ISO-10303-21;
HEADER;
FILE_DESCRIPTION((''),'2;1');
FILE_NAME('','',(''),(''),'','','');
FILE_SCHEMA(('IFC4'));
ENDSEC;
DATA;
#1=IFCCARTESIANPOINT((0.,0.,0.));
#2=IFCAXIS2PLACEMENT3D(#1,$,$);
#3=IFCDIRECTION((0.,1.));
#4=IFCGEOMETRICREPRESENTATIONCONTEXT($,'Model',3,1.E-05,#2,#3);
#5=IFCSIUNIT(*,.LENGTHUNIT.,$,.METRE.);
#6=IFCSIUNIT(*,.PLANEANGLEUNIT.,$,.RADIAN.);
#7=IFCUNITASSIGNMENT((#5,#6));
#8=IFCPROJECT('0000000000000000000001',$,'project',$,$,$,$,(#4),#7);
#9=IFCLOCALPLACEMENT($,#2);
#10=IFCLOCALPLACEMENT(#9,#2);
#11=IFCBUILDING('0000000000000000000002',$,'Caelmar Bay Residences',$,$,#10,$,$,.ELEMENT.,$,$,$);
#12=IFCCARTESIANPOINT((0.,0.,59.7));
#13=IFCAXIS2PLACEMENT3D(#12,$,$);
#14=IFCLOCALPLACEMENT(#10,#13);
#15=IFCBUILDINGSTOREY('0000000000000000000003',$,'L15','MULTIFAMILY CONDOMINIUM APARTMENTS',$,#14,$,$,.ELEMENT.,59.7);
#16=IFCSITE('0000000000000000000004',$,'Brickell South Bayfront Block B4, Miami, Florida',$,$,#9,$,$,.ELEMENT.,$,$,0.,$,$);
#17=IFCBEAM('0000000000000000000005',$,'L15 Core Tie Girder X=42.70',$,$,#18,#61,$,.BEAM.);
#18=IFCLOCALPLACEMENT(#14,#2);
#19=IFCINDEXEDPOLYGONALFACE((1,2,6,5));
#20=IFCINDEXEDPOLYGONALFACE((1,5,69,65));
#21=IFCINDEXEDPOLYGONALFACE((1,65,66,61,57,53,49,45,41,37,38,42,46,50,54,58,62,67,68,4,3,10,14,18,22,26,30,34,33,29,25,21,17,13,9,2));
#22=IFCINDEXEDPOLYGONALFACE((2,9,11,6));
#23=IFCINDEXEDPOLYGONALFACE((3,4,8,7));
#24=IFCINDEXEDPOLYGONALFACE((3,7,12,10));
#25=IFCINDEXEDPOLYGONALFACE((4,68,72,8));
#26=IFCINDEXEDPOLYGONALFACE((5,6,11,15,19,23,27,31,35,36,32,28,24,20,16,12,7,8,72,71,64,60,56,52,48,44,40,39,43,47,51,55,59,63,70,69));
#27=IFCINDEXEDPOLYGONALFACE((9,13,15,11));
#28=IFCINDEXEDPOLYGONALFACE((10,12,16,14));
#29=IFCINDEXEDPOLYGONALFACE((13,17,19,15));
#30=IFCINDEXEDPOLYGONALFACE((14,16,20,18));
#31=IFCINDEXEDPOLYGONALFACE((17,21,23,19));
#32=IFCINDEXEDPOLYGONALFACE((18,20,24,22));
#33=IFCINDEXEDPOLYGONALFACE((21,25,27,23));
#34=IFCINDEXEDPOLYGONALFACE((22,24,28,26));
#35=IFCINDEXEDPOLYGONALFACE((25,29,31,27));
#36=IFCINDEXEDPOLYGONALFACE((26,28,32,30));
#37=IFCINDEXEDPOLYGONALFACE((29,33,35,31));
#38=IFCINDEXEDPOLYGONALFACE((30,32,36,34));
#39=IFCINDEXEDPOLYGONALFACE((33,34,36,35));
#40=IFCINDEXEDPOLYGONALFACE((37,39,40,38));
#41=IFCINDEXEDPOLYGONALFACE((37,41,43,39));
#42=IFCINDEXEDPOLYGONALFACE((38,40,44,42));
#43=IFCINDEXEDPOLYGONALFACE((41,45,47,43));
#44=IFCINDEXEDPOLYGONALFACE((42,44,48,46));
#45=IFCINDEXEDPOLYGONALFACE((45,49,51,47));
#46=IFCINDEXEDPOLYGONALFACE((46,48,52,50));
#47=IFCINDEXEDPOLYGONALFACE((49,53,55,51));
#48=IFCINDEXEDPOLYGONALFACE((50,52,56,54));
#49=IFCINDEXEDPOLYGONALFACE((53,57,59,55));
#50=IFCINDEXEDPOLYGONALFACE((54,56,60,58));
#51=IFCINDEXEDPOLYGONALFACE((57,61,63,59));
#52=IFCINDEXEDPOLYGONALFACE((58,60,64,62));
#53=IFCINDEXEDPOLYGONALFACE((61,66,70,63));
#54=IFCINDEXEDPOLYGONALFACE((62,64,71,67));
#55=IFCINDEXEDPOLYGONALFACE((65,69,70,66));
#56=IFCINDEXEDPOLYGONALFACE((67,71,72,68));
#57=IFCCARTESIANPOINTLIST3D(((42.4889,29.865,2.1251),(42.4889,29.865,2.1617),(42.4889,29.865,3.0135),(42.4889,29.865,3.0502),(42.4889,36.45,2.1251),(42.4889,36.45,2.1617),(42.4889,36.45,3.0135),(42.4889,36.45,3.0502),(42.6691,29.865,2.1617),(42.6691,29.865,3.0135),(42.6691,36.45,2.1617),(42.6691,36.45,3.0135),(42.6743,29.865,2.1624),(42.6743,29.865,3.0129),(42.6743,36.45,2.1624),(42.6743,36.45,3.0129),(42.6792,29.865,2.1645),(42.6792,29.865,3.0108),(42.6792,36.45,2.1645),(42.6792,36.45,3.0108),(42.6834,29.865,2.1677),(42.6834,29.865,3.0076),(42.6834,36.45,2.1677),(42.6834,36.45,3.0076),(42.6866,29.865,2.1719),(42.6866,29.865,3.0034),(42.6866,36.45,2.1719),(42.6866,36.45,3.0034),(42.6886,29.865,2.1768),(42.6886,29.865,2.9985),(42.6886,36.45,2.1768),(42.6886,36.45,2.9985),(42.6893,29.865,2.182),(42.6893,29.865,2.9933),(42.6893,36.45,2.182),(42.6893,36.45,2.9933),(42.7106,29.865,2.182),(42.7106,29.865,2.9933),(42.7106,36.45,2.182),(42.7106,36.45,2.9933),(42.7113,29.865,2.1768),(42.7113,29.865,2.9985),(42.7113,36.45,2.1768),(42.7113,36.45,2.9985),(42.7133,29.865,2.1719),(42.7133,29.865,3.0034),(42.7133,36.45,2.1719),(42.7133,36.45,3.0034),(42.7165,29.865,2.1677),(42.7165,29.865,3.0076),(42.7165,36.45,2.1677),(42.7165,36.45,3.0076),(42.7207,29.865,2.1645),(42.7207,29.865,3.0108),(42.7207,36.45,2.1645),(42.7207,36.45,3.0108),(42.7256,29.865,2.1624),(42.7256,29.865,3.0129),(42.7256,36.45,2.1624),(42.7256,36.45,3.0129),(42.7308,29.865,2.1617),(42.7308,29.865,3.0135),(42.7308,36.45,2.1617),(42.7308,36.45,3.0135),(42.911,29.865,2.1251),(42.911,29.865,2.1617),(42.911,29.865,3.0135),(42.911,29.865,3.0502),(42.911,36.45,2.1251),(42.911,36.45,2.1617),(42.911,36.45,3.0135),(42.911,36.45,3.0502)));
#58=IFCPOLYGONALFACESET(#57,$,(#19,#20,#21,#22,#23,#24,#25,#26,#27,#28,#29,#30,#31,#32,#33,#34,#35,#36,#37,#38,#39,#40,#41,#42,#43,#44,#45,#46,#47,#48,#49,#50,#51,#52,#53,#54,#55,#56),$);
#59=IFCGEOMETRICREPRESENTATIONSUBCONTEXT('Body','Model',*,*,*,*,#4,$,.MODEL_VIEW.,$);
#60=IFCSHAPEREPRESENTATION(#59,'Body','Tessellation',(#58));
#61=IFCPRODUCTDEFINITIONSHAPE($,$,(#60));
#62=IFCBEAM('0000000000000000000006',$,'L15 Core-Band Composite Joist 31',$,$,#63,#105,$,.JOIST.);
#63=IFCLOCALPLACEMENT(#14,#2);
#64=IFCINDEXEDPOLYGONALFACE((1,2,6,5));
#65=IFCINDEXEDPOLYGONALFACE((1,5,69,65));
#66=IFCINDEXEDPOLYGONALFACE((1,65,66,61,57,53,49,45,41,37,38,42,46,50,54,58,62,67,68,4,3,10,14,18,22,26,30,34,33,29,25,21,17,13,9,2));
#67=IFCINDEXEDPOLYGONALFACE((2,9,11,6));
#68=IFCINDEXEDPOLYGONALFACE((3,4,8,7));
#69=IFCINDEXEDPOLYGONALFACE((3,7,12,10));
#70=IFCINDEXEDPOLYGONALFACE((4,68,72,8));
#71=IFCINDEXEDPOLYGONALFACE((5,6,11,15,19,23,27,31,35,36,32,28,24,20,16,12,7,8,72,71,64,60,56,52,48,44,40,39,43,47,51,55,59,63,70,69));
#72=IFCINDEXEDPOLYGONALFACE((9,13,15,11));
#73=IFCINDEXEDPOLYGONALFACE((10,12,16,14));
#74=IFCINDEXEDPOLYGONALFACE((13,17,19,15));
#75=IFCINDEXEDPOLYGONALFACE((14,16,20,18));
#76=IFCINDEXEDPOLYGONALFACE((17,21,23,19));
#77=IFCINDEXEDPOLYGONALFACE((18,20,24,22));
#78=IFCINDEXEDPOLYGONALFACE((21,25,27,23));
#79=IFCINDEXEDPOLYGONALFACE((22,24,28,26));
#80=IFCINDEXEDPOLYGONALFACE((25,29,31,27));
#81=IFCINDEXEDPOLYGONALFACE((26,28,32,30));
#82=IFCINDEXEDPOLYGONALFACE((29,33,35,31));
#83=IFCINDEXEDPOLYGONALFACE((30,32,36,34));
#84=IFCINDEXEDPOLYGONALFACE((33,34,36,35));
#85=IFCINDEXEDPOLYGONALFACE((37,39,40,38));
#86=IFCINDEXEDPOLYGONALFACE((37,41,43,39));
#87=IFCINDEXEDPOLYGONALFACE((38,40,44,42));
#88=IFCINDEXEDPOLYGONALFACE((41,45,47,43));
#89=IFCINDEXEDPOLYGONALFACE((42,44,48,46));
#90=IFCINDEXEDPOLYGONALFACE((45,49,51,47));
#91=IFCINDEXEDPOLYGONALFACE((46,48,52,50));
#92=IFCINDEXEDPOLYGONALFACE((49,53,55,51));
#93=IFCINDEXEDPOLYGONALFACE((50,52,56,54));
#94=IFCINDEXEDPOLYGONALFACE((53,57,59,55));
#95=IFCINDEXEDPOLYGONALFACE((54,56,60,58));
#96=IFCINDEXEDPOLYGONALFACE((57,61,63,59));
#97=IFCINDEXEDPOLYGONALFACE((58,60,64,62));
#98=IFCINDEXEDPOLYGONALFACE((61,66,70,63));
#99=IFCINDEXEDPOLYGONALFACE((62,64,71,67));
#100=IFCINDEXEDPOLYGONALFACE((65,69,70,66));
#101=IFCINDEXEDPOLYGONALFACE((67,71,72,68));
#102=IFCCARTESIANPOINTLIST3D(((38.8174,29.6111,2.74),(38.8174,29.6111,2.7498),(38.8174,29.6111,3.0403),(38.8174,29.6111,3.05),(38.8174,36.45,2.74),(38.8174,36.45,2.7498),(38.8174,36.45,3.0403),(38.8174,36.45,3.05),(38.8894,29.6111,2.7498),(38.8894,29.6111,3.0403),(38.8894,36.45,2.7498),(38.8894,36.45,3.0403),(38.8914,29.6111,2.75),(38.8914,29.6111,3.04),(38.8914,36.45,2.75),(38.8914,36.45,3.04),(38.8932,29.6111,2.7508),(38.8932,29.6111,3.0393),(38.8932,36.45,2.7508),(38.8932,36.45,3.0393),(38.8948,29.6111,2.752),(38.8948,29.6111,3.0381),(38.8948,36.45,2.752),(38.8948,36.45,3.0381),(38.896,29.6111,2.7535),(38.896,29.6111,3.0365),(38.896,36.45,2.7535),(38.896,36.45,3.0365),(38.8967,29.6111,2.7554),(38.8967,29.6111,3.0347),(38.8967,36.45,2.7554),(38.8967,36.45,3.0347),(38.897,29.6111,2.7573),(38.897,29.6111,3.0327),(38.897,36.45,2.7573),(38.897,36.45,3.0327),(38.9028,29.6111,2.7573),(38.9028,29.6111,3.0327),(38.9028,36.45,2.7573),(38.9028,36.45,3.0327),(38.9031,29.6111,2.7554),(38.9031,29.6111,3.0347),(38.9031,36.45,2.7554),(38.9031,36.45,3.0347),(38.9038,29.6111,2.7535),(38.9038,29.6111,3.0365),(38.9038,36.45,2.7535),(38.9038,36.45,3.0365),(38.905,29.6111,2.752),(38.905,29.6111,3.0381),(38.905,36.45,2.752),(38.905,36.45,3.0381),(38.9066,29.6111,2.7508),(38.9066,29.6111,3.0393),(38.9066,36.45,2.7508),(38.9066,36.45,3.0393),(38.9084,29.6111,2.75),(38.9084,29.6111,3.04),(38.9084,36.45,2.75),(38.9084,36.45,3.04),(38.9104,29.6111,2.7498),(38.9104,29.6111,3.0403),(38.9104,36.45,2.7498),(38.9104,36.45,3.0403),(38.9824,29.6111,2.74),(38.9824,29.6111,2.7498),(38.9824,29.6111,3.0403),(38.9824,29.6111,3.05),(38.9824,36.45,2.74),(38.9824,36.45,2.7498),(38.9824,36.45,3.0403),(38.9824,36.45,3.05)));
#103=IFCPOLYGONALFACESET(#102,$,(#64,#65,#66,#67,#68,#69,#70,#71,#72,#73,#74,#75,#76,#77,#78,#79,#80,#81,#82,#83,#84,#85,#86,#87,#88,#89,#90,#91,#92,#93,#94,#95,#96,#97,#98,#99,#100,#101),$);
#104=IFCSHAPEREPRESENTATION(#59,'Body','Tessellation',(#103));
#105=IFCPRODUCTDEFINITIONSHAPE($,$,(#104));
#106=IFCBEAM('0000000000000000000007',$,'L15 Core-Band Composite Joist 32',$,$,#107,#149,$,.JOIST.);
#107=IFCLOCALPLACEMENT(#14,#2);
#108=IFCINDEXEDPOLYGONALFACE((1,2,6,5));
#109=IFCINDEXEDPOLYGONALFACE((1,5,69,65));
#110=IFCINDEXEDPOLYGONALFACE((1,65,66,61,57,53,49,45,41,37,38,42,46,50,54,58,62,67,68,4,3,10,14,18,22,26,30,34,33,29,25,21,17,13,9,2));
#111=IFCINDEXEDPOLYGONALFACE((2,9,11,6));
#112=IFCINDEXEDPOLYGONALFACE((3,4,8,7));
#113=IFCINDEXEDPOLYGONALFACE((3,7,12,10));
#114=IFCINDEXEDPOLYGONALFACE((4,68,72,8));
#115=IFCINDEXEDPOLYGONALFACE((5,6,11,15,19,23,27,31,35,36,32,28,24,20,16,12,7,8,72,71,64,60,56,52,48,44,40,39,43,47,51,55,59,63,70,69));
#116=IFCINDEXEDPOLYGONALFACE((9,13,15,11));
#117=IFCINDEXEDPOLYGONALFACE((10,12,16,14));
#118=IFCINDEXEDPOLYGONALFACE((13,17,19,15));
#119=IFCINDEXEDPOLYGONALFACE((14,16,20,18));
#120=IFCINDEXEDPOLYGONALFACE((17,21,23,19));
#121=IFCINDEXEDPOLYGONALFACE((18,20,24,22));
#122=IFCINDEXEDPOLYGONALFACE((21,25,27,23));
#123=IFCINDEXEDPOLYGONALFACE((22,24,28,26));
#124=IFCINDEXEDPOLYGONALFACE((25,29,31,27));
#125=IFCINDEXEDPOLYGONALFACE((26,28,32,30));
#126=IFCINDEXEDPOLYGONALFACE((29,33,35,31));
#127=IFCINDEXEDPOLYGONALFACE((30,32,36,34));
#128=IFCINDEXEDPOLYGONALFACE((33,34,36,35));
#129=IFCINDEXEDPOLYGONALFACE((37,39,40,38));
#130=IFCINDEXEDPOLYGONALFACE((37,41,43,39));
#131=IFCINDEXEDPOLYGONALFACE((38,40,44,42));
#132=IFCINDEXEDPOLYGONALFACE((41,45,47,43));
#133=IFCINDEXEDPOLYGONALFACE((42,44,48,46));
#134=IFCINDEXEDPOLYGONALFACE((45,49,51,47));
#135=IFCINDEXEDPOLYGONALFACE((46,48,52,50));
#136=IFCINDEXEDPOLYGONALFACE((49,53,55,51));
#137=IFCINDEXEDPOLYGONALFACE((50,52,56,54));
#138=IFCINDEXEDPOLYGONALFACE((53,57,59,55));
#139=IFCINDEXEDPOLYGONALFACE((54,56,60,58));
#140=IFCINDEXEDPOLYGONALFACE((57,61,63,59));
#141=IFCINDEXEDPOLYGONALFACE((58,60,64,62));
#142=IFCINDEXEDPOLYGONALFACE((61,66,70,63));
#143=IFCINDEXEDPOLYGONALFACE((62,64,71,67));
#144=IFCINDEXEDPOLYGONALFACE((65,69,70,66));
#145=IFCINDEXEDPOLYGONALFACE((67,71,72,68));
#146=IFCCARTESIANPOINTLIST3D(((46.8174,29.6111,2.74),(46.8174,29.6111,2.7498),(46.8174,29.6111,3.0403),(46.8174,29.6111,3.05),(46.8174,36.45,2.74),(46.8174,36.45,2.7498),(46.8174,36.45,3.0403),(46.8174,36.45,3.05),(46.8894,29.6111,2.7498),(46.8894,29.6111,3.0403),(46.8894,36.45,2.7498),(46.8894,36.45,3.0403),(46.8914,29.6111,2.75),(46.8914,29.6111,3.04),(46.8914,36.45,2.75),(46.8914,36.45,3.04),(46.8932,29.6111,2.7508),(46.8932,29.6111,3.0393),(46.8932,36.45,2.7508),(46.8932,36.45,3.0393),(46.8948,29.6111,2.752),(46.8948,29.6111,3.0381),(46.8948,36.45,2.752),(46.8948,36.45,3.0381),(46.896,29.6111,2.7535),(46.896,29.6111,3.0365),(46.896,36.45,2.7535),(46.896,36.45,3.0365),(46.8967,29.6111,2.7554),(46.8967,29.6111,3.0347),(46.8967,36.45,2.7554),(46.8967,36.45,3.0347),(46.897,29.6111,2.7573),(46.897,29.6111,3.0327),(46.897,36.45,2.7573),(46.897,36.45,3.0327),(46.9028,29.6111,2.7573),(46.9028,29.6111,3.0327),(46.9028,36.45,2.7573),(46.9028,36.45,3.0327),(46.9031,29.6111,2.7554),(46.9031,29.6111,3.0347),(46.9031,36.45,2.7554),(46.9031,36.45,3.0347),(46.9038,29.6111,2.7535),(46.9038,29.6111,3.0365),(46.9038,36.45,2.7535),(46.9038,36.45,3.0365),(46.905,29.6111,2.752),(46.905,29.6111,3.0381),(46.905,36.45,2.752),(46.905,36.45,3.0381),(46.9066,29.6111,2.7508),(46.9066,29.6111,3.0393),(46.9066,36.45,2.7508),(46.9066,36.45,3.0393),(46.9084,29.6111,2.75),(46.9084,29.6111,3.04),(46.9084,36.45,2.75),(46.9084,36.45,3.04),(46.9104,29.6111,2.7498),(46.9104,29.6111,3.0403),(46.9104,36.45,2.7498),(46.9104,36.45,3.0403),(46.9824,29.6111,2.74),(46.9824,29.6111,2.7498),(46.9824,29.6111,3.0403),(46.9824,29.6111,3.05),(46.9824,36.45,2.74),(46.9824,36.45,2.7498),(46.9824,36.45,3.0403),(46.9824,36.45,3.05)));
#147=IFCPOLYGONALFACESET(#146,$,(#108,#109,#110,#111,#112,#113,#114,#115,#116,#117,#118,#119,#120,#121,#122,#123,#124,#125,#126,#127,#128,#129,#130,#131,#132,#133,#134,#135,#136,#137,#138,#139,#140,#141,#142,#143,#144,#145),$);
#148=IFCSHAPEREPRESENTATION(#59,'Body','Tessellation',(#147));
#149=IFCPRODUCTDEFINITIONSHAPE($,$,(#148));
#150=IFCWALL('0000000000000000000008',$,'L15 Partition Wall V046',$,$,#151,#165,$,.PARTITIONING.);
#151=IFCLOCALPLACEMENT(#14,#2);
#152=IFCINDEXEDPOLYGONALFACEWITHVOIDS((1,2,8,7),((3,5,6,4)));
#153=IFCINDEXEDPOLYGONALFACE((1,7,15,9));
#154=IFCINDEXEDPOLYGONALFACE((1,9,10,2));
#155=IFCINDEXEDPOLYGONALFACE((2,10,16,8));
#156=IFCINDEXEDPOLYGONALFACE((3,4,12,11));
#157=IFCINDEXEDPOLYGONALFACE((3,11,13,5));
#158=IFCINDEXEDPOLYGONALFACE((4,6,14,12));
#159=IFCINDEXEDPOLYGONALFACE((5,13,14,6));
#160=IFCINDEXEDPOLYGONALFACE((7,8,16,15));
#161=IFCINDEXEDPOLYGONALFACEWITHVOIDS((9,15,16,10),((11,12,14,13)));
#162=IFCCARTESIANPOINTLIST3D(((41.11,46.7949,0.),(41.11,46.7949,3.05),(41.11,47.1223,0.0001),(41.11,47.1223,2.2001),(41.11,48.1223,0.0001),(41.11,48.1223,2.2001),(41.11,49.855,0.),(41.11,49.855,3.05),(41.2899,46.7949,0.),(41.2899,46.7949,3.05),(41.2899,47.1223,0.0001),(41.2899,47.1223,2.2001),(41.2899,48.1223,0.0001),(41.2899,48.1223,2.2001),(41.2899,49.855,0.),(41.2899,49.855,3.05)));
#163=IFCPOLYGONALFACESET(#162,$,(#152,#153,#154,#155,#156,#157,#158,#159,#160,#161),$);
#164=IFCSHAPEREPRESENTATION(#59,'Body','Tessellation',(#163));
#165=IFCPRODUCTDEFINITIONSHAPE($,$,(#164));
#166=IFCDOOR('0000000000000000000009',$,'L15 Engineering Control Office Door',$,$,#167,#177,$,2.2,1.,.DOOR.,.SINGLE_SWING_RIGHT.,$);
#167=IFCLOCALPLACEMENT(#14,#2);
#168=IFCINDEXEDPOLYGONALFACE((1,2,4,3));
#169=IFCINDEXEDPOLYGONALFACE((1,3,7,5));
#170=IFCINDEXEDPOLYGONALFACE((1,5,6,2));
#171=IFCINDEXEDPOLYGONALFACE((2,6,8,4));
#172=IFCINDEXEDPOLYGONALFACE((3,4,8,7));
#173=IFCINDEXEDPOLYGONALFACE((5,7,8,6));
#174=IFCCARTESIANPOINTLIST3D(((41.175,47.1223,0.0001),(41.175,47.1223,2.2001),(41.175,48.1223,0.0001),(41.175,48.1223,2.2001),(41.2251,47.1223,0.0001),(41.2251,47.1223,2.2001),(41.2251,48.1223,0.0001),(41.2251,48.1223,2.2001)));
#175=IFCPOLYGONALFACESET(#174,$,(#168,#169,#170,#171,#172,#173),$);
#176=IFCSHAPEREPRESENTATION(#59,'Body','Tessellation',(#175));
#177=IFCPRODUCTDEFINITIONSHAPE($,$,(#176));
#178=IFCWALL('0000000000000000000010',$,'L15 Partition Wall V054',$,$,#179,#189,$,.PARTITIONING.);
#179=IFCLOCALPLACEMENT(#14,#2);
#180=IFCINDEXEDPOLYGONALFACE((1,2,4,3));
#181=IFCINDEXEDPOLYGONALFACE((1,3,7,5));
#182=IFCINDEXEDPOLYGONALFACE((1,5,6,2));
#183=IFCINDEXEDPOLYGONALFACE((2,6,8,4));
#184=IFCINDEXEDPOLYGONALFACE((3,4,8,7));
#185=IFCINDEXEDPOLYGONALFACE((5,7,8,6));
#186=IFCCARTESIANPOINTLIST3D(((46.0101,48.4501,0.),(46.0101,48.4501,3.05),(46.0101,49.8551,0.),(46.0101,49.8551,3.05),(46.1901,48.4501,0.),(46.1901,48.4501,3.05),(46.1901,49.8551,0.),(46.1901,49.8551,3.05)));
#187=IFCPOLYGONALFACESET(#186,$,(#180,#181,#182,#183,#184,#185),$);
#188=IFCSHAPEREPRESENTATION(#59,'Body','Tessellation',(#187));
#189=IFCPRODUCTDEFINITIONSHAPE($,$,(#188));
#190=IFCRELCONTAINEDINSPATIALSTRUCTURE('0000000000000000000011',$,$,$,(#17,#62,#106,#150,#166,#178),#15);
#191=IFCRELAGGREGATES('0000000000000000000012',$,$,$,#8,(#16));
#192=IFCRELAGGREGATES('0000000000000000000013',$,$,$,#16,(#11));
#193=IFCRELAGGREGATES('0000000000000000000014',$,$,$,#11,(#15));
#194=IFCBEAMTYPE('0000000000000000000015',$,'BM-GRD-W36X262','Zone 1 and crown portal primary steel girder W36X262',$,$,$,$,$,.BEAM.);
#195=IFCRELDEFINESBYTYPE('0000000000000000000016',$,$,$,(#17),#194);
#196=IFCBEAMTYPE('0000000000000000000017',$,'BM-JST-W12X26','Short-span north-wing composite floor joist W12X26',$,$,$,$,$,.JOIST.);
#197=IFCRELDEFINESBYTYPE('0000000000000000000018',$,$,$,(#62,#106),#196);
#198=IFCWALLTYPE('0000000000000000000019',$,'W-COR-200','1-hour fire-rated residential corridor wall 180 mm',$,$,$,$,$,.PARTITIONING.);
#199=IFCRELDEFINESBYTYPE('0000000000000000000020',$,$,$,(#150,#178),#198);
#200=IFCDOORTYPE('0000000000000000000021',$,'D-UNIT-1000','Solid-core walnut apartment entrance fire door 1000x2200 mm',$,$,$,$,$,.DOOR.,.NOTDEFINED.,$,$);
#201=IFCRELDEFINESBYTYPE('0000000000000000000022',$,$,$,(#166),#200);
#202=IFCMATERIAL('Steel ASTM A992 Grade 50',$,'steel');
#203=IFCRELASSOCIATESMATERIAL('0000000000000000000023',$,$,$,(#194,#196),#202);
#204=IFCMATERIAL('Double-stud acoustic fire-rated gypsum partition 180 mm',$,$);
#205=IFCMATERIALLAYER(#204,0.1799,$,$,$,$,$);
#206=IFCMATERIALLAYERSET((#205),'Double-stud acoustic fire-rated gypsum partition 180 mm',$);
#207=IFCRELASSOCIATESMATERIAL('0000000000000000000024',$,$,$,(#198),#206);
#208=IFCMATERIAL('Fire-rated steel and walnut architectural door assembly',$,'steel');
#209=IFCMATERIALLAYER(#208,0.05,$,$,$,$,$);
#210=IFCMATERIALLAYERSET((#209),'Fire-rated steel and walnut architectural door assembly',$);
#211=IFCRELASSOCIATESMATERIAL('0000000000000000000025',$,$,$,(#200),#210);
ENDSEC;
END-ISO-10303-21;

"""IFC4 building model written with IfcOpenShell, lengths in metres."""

from ifc_helpers import new_model, si_unit, direction, frame, frame_2d, origin, origin_2d, place, context, subcontext, project, spatial, rectangle, i_section, extrude, material, layer, layer_set, material_profile, profile_set, type_object, element, fill, save


model = new_model("IFC4")

# Units and contexts
model_context = context("Model", 3, precision=1e-05, world=origin(), true_north=direction((0.0, 1.0)))
body_context = subcontext(model_context, "Body", "Model", "MODEL_VIEW")
ifc_project = project(units=[si_unit("LENGTHUNIT", "METRE"), si_unit("PLANEANGLEUNIT", "RADIAN")], contexts=[model_context])

# Site, building, storey
site_placement = place(None, origin())
site = spatial("IfcSite", under=ifc_project, at=site_placement, Name="Brickell South Bayfront Block B4, Miami, Florida", CompositionType="ELEMENT", RefElevation=0.0)
building_placement = place(site_placement, origin())
building = spatial("IfcBuilding", under=site, at=building_placement, Name="Caelmar Bay Residences", CompositionType="ELEMENT")
storey_placement = place(building_placement, frame((0.0, 0.0, 59.7)))
storey = spatial("IfcBuildingStorey", under=building, at=storey_placement, Name="L15", Description="MULTIFAMILY CONDOMINIUM APARTMENTS", CompositionType="ELEMENT", Elevation=59.7)

# Beams
ifc_material_1 = material(Name="Steel ASTM A992 Grade 50", Category="steel")
ifc_material_profile_1 = material_profile(ifc_material_1, i_section(OverallWidth=0.4221, OverallDepth=0.925, WebThickness=0.0212, FlangeThickness=0.0366, FilletRadius=0.0203, at=origin_2d()), Name="W36X262")
ifc_profile_set_1 = profile_set([ifc_material_profile_1], Name="Steel ASTM A992 Grade 50")
beam_type_1 = type_object("IfcBeamType", Name="BM-GRD-W36X262", Description="Zone 1 and crown portal primary steel girder W36X262", PredefinedType="BEAM", material=ifc_profile_set_1)
beam_placement = place(storey_placement, frame((42.7, 29.865, 2.5876), z_axis=(0.0, 1.0, 0.0), x_axis=(-1.0, 0.0, 0.0)))
element("IfcBeam", 1, at=beam_placement, inside=storey, type_object=beam_type_1, Name="L15 Core Tie Girder X=42.70", PredefinedType="BEAM", context=body_context, shape_type="SweptSolid", body=[
    extrude(i_section(OverallWidth=0.4221, OverallDepth=0.925, WebThickness=0.0212, FlangeThickness=0.0366, FilletRadius=0.0203, at=origin_2d()), origin(), (0.0, 0.0, 1.0), 6.585),
])
ifc_material_profile_2 = material_profile(ifc_material_1, i_section(OverallWidth=0.165, OverallDepth=0.3101, WebThickness=0.0059, FlangeThickness=0.0098, FilletRadius=0.0076, at=origin_2d()), Name="W12X26")
ifc_profile_set_2 = profile_set([ifc_material_profile_2], Name="Steel ASTM A992 Grade 50")
beam_type_2 = type_object("IfcBeamType", Name="BM-JST-W12X26", Description="Short-span north-wing composite floor joist W12X26", PredefinedType="JOIST", material=ifc_profile_set_2)
for number, where, z_axis, x_axis, name in (
    (2, (38.8999, 29.6111, 2.895), (0.0, 1.0, 0.0), (-1.0, 0.0, 0.0), "L15 Core-Band Composite Joist 31"),
    (3, (46.8999, 29.6111, 2.895), (0.0, 1.0, 0.0), (-1.0, 0.0, 0.0), "L15 Core-Band Composite Joist 32"),
):
    element("IfcBeam", number, at=place(storey_placement, frame(where, z_axis=z_axis, x_axis=x_axis)), inside=storey, type_object=beam_type_2, Name=name, PredefinedType="JOIST", context=body_context, shape_type="SweptSolid", body=[
        extrude(i_section(OverallWidth=0.165, OverallDepth=0.3101, WebThickness=0.0059, FlangeThickness=0.0098, FilletRadius=0.0076, at=origin_2d()), origin(), (0.0, 0.0, 1.0), 6.8389),
    ])

# Wall, opening, door
ifc_material_2 = material(Name="Double-stud acoustic fire-rated gypsum partition 180 mm")
ifc_layer_1 = layer(ifc_material_2, 0.1799)
ifc_layer_set_1 = layer_set([ifc_layer_1], Name="Double-stud acoustic fire-rated gypsum partition 180 mm")
wall_type_1 = type_object("IfcWallType", Name="W-COR-200", Description="1-hour fire-rated residential corridor wall 180 mm", PredefinedType="PARTITIONING", material=ifc_layer_set_1)
wall_1_placement = place(storey_placement, frame((41.2, 46.7949, 0.0), z_axis=(0.0, 0.0, 1.0), x_axis=(0.0, 1.0, 0.0)))
wall_1 = element("IfcWall", 4, at=wall_1_placement, inside=storey, type_object=wall_type_1, Name="L15 Partition Wall V046", PredefinedType="PARTITIONING", context=body_context, shape_type="SweptSolid", body=[
    extrude(rectangle(XDim=3.0601, YDim=0.1799, at=frame_2d((1.53, 0.0))), origin(), (0.0, 0.0, 1.0), 3.05),
])
opening_1_placement = place(wall_1_placement, frame((0.3274, 0.0, 0.0)))
opening_1 = element("IfcOpeningElement", 5, at=opening_1_placement, cuts=wall_1, PredefinedType="OPENING", context=body_context, shape_type="SweptSolid", body=[
    extrude(rectangle(XDim=1.0, YDim=2.2, at=frame_2d((0.5, 1.1001))), frame((0.0, 0.0999, 0.0), z_axis=(0.0, -1.0, 0.0), x_axis=(1.0, 0.0, 0.0)), (0.0, 0.0, 1.0), 0.2),
])
ifc_material_3 = material(Name="Fire-rated steel and walnut architectural door assembly", Category="steel")
ifc_layer_2 = layer(ifc_material_3, 0.05)
ifc_layer_set_2 = layer_set([ifc_layer_2], Name="Fire-rated steel and walnut architectural door assembly")
door_type_1 = type_object("IfcDoorType", Name="D-UNIT-1000", Description="Solid-core walnut apartment entrance fire door 1000x2200 mm", OperationType="NOTDEFINED", PredefinedType="DOOR", material=ifc_layer_set_2)
door_1_placement = place(opening_1_placement, origin())
door_1 = element("IfcDoor", 6, at=door_1_placement, inside=storey, type_object=door_type_1, Name="L15 Engineering Control Office Door", OperationType="SINGLE_SWING_RIGHT", OverallHeight=2.2, OverallWidth=1.0, PredefinedType="DOOR", context=body_context, shape_type="SweptSolid", body=[
    extrude(rectangle(XDim=1.0, YDim=2.2, at=frame_2d((0.5, 1.1001))), frame((0.0, 0.0249, 0.0), z_axis=(0.0, -1.0, 0.0), x_axis=(1.0, 0.0, 0.0)), (0.0, 0.0, 1.0), 0.05),
])
fill(opening_1, door_1)

# Wall
for number, where, z_axis, x_axis, name in (
    (7, (46.1001, 48.45, 0.0), (0.0, 0.0, 1.0), (0.0, 1.0, 0.0), "L15 Partition Wall V054"),
):
    element("IfcWall", number, at=place(storey_placement, frame(where, z_axis=z_axis, x_axis=x_axis)), inside=storey, type_object=wall_type_1, Name=name, PredefinedType="PARTITIONING", context=body_context, shape_type="SweptSolid", body=[
        extrude(rectangle(XDim=1.405, YDim=0.1799, at=frame_2d((0.7026, 0.0))), origin(), (0.0, 0.0, 1.0), 3.05),
    ])

save(model, "model.ifc")
